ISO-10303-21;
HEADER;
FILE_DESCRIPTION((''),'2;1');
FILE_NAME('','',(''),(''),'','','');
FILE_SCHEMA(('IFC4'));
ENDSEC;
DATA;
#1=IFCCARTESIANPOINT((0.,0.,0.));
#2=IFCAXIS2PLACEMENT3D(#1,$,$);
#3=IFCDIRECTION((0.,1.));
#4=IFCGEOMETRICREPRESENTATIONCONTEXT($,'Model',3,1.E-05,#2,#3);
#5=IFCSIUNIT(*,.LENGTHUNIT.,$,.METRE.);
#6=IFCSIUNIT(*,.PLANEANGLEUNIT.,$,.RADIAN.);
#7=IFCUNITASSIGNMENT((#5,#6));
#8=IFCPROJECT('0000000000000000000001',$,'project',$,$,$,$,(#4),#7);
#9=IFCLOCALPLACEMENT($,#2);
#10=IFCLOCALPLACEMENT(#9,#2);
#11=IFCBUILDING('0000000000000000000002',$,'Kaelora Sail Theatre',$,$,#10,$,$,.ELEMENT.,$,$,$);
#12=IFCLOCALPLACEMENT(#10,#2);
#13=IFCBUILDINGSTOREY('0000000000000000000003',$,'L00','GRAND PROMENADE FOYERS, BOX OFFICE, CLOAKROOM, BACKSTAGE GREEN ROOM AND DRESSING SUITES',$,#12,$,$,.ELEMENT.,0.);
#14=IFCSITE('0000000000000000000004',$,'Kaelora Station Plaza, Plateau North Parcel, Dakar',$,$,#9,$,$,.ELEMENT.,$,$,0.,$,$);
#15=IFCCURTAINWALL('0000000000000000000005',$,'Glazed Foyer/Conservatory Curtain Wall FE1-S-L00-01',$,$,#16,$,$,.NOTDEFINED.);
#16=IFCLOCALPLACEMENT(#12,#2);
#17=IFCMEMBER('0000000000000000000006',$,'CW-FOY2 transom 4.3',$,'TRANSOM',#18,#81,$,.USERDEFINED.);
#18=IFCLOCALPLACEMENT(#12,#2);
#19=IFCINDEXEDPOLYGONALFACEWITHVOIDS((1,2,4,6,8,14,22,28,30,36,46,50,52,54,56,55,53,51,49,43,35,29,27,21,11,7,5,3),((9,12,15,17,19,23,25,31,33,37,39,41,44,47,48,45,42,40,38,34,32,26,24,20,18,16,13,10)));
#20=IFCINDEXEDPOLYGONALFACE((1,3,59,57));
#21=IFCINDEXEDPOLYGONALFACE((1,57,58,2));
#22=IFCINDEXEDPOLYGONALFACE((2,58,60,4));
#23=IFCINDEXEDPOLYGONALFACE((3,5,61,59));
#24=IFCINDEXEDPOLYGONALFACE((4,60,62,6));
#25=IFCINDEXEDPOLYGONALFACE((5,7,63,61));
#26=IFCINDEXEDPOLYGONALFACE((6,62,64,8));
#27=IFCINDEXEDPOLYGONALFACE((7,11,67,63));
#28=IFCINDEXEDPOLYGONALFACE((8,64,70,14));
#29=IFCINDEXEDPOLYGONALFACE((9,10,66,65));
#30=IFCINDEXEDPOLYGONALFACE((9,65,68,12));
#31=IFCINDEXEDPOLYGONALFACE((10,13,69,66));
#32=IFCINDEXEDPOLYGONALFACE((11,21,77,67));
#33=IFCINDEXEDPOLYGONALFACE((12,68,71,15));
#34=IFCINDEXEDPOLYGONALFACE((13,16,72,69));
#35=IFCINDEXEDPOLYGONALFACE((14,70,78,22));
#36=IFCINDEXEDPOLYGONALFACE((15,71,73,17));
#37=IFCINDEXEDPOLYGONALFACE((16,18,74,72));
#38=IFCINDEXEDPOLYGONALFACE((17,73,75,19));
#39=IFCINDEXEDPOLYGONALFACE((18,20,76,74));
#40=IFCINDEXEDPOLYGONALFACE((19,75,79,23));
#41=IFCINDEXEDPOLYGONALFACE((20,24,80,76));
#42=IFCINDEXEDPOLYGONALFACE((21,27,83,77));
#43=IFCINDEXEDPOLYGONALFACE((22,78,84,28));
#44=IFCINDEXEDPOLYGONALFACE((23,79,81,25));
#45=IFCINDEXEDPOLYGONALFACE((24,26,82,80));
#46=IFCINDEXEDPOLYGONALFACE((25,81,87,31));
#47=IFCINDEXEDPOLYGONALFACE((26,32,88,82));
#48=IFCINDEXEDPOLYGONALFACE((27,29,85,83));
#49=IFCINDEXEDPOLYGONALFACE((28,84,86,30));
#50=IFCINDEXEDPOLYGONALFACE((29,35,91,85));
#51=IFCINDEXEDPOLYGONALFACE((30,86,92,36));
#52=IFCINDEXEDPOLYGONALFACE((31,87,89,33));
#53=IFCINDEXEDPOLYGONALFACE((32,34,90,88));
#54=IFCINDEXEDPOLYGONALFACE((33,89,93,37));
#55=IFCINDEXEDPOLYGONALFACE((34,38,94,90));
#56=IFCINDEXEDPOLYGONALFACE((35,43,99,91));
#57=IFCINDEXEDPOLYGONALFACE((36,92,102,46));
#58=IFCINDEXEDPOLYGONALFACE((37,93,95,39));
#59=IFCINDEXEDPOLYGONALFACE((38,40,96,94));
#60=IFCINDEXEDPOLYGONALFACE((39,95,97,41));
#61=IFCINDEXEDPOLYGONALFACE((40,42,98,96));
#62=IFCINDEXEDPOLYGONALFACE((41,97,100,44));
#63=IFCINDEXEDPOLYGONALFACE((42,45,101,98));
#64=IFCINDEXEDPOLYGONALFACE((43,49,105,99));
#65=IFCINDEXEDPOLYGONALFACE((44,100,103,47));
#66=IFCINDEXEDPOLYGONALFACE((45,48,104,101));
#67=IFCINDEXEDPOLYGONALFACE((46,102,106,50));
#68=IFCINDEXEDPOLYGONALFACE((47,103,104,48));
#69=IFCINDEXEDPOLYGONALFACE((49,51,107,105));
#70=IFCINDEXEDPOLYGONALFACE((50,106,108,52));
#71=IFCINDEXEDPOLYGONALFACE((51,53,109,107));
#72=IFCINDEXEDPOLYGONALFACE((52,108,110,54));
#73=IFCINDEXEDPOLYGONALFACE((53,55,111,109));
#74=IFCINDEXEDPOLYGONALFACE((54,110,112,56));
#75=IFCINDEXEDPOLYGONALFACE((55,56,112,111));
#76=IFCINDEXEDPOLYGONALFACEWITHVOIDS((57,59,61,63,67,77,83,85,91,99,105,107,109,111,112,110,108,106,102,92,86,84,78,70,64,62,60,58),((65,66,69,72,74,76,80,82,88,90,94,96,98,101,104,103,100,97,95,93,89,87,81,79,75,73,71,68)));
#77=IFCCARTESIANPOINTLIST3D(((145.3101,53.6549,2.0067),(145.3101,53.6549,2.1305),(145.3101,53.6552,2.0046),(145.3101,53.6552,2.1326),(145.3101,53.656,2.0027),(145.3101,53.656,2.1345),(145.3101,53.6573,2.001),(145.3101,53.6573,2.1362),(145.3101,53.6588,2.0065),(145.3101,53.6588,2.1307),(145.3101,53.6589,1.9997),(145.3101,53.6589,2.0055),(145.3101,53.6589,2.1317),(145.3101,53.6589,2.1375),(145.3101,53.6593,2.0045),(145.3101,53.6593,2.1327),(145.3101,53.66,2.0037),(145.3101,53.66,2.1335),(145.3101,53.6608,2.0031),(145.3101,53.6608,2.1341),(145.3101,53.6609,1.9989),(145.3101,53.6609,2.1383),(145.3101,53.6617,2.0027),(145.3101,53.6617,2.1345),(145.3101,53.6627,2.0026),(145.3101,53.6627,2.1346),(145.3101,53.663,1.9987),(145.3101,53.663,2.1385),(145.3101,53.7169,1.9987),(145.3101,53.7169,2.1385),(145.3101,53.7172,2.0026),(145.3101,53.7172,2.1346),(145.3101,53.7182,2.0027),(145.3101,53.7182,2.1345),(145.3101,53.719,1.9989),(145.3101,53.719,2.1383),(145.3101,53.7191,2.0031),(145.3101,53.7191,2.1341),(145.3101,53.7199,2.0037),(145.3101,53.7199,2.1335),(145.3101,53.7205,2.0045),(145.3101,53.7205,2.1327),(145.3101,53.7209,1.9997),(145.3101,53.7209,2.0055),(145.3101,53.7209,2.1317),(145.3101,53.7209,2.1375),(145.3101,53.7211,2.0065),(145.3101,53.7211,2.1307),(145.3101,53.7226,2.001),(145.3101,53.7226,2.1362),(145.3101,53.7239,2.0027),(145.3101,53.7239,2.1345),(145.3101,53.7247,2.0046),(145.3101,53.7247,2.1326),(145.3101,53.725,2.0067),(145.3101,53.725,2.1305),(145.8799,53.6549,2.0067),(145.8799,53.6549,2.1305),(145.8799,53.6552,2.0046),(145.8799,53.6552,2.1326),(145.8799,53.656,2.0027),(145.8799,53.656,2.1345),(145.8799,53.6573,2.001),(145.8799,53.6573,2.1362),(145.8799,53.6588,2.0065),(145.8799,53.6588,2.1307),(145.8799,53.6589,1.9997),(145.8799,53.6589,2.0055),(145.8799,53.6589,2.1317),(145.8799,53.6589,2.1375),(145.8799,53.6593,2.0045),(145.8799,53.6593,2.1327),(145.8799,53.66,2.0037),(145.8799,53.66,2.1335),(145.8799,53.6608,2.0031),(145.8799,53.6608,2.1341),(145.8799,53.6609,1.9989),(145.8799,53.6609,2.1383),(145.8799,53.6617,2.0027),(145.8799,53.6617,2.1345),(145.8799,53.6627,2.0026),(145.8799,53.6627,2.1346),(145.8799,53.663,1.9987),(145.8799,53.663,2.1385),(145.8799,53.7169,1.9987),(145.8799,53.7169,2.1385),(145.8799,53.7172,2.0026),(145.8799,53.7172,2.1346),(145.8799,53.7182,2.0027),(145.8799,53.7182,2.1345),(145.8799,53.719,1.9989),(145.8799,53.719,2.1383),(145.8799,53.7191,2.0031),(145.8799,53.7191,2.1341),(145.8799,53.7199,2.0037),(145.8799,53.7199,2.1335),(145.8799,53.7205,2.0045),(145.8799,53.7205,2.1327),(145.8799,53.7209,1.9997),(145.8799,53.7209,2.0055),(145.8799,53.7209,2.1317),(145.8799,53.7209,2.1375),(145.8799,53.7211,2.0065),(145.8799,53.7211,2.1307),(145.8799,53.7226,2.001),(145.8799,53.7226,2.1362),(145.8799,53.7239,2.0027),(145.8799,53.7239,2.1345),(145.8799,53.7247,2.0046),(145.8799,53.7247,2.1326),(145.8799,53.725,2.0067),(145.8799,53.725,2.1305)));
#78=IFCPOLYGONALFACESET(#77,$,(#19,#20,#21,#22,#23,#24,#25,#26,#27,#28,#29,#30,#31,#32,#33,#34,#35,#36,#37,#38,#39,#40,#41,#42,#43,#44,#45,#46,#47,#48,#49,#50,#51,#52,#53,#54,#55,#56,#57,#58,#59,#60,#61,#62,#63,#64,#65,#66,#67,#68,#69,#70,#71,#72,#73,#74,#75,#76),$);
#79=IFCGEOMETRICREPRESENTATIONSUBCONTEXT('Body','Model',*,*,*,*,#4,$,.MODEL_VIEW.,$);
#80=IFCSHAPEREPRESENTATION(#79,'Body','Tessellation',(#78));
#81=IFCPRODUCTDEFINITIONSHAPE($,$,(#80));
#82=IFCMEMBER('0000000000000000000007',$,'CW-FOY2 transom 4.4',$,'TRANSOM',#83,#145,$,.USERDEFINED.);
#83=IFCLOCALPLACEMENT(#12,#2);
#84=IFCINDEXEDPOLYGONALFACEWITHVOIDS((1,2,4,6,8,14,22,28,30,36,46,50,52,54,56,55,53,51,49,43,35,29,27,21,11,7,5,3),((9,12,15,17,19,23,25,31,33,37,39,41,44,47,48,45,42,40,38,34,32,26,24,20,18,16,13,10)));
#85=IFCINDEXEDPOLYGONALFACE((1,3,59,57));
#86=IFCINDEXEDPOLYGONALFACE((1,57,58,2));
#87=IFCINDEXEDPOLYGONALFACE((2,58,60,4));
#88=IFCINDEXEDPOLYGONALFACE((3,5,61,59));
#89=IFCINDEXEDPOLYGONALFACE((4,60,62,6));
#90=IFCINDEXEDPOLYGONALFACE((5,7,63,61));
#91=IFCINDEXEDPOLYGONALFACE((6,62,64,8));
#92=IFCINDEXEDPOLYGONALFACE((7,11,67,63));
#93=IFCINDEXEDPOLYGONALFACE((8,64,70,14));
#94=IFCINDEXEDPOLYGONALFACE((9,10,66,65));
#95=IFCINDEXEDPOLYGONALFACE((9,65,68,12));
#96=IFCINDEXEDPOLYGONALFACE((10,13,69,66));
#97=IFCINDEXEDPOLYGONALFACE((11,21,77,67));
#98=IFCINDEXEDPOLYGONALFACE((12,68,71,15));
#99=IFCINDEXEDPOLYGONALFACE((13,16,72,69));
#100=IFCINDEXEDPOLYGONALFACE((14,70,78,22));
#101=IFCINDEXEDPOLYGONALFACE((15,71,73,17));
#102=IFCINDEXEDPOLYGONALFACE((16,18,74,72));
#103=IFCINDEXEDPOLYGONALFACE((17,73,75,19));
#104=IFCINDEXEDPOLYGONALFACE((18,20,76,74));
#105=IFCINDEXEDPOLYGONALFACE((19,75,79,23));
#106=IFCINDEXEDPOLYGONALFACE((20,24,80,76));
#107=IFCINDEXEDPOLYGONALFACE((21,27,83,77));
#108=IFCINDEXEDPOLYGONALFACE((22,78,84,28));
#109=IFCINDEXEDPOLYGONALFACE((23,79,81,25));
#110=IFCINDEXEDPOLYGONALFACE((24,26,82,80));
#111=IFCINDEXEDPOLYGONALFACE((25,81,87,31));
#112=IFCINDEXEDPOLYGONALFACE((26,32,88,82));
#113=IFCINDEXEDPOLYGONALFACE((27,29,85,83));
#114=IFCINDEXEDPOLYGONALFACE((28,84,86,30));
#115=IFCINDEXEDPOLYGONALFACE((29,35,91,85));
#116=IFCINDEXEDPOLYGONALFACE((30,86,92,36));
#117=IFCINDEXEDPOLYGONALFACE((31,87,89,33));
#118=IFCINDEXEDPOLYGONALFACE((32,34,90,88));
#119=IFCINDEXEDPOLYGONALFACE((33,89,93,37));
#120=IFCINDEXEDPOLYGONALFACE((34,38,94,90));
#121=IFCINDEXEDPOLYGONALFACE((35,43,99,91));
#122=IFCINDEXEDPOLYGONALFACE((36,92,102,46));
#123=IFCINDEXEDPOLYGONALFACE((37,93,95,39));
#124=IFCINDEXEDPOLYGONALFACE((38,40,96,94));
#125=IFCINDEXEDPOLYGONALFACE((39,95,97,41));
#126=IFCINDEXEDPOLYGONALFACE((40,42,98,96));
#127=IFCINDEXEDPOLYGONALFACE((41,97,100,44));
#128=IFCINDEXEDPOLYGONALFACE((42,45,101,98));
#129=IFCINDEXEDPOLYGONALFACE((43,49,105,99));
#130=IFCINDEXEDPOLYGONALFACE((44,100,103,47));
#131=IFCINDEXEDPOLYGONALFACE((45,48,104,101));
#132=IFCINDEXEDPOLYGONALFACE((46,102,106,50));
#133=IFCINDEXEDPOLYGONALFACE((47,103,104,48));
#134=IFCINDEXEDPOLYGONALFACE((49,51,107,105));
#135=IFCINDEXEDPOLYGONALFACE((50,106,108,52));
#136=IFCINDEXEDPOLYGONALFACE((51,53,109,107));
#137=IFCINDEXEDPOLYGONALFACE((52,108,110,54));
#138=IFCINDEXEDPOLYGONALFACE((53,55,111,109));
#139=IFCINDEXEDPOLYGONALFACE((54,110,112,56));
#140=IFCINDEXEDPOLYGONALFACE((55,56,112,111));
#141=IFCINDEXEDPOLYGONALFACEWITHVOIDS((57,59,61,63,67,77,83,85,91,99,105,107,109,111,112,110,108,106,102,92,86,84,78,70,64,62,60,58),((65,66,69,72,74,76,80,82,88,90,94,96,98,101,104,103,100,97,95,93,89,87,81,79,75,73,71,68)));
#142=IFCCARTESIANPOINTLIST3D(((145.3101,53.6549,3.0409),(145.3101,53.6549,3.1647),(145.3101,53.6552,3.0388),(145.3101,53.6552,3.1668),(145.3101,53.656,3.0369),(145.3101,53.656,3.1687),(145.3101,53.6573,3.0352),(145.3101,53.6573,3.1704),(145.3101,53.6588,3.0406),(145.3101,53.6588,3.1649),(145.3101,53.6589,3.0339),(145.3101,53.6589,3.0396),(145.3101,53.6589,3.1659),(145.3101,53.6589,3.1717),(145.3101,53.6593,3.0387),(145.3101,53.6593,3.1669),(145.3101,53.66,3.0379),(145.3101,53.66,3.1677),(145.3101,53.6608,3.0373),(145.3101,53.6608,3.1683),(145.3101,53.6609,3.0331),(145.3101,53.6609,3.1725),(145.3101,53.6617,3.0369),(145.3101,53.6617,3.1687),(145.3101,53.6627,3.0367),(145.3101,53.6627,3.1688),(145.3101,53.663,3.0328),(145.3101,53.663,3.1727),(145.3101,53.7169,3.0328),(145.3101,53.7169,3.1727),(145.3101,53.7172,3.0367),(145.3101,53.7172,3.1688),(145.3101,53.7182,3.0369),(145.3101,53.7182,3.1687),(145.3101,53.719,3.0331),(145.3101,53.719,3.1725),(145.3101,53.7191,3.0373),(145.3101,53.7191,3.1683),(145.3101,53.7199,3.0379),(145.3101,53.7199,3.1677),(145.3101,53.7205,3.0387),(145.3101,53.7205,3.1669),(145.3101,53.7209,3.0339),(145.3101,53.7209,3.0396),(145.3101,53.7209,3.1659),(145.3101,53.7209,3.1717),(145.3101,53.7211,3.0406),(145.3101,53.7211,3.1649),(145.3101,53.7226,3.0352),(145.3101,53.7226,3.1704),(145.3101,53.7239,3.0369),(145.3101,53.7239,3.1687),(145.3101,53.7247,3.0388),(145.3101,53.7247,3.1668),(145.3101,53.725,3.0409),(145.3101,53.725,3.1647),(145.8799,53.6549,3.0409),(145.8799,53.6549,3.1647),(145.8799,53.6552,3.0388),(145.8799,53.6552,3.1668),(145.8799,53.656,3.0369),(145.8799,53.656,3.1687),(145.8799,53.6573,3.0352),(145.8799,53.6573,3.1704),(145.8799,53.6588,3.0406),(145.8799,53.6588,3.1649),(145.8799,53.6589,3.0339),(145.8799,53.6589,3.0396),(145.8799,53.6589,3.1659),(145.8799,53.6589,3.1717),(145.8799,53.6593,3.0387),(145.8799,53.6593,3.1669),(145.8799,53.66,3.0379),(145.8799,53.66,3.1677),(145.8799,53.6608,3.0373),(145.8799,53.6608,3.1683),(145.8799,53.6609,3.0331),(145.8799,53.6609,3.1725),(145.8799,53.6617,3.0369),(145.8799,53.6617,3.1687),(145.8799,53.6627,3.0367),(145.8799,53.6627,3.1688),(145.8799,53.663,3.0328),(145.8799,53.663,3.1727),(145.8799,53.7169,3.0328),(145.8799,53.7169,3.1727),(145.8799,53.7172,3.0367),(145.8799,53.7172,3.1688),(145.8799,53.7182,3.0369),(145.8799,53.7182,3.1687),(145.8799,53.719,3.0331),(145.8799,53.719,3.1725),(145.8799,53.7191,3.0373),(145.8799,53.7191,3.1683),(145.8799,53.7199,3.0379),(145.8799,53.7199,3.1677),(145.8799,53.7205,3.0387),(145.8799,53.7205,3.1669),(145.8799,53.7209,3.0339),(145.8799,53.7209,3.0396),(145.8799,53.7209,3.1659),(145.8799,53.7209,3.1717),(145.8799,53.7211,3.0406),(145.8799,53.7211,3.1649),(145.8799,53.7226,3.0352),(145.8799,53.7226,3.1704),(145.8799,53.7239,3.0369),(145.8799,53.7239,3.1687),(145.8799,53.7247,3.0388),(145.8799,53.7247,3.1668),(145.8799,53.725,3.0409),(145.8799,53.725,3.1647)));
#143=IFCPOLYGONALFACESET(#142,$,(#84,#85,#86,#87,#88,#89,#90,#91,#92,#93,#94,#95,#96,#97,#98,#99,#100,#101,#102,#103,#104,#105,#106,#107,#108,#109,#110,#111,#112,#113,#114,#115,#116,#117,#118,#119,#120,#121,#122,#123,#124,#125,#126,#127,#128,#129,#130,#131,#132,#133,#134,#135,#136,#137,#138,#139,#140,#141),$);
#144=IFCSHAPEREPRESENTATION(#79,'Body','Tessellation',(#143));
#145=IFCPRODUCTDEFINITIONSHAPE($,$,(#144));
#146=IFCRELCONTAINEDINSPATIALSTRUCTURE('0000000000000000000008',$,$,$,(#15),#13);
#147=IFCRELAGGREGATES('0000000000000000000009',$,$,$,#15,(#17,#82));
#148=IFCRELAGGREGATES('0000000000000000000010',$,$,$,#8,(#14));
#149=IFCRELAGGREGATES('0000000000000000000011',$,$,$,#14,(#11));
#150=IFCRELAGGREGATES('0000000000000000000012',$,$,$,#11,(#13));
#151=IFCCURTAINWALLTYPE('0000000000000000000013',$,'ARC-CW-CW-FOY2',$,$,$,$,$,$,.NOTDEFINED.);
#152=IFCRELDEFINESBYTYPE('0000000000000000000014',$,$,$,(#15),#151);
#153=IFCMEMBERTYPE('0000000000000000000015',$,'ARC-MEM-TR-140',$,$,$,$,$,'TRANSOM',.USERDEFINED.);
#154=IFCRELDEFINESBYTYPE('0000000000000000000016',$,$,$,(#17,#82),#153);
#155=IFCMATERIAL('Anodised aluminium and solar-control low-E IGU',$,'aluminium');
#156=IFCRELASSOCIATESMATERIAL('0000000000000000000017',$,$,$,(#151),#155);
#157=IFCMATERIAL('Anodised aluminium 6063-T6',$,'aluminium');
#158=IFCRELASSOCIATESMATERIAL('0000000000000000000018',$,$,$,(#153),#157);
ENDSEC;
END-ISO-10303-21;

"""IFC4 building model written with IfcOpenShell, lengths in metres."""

from ifc_helpers import new_model, si_unit, direction, frame, origin, origin_2d, place, context, subcontext, project, spatial, hollow_rectangle, extrude, material, material_profile, profile_set, type_object, element, aggregate, save


model = new_model("IFC4")

# Units and contexts
model_context = context("Model", 3, precision=1e-05, world=origin(), true_north=direction((0.0, 1.0)))
body_context = subcontext(model_context, "Body", "Model", "MODEL_VIEW")
ifc_project = project(units=[si_unit("LENGTHUNIT", "METRE"), si_unit("PLANEANGLEUNIT", "RADIAN")], contexts=[model_context])

# Site, building, storey
site_placement = place(None, origin())
site = spatial("IfcSite", under=ifc_project, at=site_placement, Name="Kaelora Station Plaza, Plateau North Parcel, Dakar", CompositionType="ELEMENT", RefElevation=0.0)
building_placement = place(site_placement, origin())
building = spatial("IfcBuilding", under=site, at=building_placement, Name="Kaelora Sail Theatre", CompositionType="ELEMENT")
storey_placement = place(building_placement, origin())
storey = spatial("IfcBuildingStorey", under=building, at=storey_placement, Name="L00", Description="GRAND PROMENADE FOYERS, BOX OFFICE, CLOAKROOM, BACKSTAGE GREEN ROOM AND DRESSING SUITES", CompositionType="ELEMENT", Elevation=0.0)

# Curtain wall, members
ifc_material_1 = material(Name="Anodised aluminium and solar-control low-E IGU", Category="aluminium")
curtain_wall_type = type_object("IfcCurtainWallType", Name="ARC-CW-CW-FOY2", PredefinedType="NOTDEFINED", material=ifc_material_1)
curtain_wall_placement = place(storey_placement, origin())
curtain_wall = element("IfcCurtainWall", 1, at=curtain_wall_placement, inside=storey, type_object=curtain_wall_type, Name="Glazed Foyer/Conservatory Curtain Wall FE1-S-L00-01", PredefinedType="NOTDEFINED")
ifc_material_2 = material(Name="Anodised aluminium 6063-T6", Category="aluminium")
ifc_material_profile_1 = material_profile(ifc_material_2, hollow_rectangle(XDim=0.0701, YDim=0.1399, WallThickness=0.0039, InnerFilletRadius=0.0039, OuterFilletRadius=0.0081, at=origin_2d()), Name="ALU-TRAN 70x140x4")
ifc_profile_set_1 = profile_set([ifc_material_profile_1], Name="Anodised aluminium 6063-T6")
member_type_1 = type_object("IfcMemberType", Name="ARC-MEM-TR-140", ElementType="TRANSOM", PredefinedType="USERDEFINED", material=ifc_profile_set_1)
member_1_placement = place(storey_placement, frame((145.3101, 53.6899, 2.0686), z_axis=(1.0, 0.0, 0.0), x_axis=(0.0, 1.0, 0.0)))
member_1 = element("IfcMember", 2, at=member_1_placement, type_object=member_type_1, Name="CW-FOY2 transom 4.3", ObjectType="TRANSOM", PredefinedType="USERDEFINED", context=body_context, shape_type="SweptSolid", body=[
    extrude(hollow_rectangle(XDim=0.0701, YDim=0.1399, WallThickness=0.0039, InnerFilletRadius=0.0039, OuterFilletRadius=0.0081, at=origin_2d()), origin(), (0.0, 0.0, 1.0), 0.5698),
])
member_2_placement = place(storey_placement, frame((145.3101, 53.6899, 3.1028), z_axis=(1.0, 0.0, 0.0), x_axis=(0.0, 1.0, 0.0)))
member_2 = element("IfcMember", 3, at=member_2_placement, type_object=member_type_1, Name="CW-FOY2 transom 4.4", ObjectType="TRANSOM", PredefinedType="USERDEFINED", context=body_context, shape_type="SweptSolid", body=[
    extrude(hollow_rectangle(XDim=0.0701, YDim=0.1399, WallThickness=0.0039, InnerFilletRadius=0.0039, OuterFilletRadius=0.0081, at=origin_2d()), origin(), (0.0, 0.0, 1.0), 0.5698),
])

aggregate(curtain_wall, [member_1, member_2])

save(model, "model.ifc")
